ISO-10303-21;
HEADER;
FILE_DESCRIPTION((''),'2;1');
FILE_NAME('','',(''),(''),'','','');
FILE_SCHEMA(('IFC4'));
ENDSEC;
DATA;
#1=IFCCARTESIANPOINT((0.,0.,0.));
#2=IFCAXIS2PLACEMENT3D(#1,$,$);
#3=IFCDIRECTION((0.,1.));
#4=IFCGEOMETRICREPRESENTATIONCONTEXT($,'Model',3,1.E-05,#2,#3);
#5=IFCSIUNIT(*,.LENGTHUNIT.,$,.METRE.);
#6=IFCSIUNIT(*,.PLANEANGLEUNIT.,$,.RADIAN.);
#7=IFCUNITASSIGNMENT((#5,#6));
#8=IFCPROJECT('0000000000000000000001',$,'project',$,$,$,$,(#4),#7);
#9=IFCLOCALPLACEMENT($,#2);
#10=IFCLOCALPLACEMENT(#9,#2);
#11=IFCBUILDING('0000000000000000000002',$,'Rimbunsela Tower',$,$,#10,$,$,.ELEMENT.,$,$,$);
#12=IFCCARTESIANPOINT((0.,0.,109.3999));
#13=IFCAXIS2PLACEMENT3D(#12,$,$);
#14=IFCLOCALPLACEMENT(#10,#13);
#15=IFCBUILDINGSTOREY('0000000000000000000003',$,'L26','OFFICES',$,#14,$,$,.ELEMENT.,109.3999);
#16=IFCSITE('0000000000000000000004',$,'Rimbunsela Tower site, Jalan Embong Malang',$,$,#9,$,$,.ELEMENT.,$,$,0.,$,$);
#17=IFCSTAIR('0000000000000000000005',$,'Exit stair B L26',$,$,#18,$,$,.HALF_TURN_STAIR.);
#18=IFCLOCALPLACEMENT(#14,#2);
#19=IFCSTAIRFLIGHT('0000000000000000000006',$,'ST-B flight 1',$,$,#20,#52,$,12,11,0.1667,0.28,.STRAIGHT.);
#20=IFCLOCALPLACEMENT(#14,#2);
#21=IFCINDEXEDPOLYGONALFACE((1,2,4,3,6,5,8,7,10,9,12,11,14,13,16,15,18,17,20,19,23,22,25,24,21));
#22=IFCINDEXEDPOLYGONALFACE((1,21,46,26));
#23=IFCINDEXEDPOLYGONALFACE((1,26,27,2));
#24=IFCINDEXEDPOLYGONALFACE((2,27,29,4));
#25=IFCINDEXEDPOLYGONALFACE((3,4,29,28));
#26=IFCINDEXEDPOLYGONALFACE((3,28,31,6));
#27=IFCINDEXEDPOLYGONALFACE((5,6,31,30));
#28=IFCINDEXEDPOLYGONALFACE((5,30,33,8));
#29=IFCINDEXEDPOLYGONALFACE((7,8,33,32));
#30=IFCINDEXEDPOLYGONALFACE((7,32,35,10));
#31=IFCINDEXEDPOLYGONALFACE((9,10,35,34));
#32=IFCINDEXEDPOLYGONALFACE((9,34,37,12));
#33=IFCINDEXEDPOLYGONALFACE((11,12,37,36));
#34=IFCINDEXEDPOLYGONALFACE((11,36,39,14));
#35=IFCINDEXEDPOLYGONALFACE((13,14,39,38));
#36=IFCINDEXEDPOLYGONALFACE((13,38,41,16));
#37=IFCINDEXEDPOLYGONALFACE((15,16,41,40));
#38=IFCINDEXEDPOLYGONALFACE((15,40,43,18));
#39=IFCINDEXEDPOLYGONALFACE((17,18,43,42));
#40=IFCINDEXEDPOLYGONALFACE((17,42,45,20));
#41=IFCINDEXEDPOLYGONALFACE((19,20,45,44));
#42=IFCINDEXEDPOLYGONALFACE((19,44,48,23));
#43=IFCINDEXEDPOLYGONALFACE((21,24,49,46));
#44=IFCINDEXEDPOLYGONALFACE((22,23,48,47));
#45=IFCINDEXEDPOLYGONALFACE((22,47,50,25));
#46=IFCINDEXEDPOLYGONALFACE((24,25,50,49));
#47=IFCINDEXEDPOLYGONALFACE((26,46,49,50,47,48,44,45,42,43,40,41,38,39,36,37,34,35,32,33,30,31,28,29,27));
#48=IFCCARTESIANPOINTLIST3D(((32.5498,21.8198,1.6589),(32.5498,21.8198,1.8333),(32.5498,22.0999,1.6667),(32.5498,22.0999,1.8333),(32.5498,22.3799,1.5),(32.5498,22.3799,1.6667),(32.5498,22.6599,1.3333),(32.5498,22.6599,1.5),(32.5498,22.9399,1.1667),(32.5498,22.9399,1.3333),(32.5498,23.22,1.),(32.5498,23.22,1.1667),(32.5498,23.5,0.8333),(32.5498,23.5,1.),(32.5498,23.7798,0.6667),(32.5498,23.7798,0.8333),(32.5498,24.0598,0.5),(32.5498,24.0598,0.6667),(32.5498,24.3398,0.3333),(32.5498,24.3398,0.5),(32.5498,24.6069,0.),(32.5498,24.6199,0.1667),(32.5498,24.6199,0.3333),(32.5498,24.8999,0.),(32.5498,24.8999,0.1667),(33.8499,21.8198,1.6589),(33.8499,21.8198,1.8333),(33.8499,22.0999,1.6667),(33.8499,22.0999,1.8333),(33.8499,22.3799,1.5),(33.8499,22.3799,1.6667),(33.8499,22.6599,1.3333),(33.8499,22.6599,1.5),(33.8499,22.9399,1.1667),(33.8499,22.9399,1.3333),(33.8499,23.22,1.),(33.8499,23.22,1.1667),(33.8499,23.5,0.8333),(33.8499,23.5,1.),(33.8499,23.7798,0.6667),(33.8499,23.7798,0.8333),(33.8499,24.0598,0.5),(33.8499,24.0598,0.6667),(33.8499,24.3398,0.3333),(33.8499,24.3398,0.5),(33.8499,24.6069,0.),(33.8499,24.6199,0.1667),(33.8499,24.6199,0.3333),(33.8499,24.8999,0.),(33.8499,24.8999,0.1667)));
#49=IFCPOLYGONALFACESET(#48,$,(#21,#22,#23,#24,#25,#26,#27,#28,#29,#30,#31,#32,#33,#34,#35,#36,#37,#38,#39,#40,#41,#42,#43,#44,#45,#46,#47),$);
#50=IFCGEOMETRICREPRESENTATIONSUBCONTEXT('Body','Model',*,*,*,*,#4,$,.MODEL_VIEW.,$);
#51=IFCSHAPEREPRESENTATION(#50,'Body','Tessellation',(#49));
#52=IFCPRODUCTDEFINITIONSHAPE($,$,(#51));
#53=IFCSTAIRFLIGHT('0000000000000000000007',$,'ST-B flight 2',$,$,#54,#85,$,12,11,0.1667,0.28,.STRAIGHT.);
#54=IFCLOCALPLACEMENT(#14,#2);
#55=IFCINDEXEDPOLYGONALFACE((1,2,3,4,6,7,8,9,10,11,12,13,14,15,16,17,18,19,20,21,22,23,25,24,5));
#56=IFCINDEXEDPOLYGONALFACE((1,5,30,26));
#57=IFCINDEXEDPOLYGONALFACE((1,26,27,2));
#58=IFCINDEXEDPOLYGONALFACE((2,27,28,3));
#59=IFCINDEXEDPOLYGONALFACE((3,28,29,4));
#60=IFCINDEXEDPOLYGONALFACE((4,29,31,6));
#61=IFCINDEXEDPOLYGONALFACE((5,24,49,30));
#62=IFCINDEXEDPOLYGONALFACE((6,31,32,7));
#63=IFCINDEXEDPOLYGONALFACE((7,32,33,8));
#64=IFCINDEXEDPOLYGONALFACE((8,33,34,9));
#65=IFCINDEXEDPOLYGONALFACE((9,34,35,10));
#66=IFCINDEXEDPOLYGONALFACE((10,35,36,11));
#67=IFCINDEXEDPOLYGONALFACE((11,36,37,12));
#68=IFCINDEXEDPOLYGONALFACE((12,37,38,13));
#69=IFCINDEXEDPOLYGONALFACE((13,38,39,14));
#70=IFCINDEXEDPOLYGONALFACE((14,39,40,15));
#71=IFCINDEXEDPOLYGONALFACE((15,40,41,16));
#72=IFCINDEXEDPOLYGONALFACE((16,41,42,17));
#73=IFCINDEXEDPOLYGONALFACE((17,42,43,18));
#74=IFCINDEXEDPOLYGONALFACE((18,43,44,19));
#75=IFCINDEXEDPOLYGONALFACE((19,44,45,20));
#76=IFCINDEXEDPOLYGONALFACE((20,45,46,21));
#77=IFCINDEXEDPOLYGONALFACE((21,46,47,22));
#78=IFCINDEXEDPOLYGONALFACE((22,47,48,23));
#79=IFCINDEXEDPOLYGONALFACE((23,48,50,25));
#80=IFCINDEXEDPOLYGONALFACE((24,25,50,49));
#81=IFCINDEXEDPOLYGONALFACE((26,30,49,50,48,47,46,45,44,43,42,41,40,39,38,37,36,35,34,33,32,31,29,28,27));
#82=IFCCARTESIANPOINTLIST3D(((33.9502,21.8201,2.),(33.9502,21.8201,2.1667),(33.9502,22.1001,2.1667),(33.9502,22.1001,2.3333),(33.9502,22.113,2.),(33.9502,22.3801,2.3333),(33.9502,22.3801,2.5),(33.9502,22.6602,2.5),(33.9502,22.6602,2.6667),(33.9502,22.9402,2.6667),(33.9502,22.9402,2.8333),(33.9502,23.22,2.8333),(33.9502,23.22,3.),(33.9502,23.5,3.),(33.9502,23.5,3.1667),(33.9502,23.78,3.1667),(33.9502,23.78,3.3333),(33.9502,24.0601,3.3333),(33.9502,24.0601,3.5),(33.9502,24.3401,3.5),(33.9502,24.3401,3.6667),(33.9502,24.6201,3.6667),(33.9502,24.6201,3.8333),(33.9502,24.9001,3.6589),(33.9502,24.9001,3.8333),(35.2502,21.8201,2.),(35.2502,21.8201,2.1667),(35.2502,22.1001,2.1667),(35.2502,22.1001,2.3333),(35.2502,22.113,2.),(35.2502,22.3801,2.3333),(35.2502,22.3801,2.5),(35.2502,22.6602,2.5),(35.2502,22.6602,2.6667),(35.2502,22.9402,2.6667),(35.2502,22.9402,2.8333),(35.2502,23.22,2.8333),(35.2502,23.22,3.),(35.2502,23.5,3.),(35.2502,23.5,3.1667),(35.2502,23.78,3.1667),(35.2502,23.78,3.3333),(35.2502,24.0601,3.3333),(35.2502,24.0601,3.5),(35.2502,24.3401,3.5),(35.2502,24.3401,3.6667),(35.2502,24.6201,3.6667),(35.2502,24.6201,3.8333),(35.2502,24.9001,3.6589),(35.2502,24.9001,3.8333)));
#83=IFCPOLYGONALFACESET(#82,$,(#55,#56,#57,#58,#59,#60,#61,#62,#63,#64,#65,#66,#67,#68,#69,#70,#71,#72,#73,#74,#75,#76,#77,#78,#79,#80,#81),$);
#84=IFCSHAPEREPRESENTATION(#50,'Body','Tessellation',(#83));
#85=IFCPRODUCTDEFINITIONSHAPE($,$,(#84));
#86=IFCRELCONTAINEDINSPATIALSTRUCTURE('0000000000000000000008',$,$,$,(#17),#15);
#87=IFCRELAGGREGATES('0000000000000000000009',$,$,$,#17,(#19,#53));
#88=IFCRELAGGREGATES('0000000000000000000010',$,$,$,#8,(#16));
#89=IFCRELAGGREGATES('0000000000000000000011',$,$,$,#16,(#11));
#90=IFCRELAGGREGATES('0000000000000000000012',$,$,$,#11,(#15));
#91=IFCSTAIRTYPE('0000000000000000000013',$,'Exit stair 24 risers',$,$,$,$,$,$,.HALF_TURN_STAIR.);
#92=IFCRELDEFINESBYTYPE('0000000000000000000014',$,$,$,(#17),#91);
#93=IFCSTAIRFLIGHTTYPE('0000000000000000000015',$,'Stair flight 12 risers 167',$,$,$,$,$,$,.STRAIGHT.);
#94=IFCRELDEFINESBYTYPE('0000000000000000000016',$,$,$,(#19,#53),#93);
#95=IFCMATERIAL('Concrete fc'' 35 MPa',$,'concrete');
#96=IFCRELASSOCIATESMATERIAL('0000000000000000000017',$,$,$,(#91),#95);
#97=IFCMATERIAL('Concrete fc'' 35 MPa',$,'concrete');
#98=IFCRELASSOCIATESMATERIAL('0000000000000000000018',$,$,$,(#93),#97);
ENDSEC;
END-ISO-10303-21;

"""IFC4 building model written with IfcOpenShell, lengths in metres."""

from ifc_helpers import new_model, si_unit, direction, frame, origin, place, context, subcontext, project, spatial, polyline, outline, extrude, material, type_object, element, aggregate, save


model = new_model("IFC4")

# Units and contexts
model_context = context("Model", 3, precision=1e-05, world=origin(), true_north=direction((0.0, 1.0)))
body_context = subcontext(model_context, "Body", "Model", "MODEL_VIEW")
ifc_project = project(units=[si_unit("LENGTHUNIT", "METRE"), si_unit("PLANEANGLEUNIT", "RADIAN")], contexts=[model_context])

# Site, building, storey
site_placement = place(None, origin())
site = spatial("IfcSite", under=ifc_project, at=site_placement, Name="Rimbunsela Tower site, Jalan Embong Malang", CompositionType="ELEMENT", RefElevation=0.0)
building_placement = place(site_placement, origin())
building = spatial("IfcBuilding", under=site, at=building_placement, Name="Rimbunsela Tower", CompositionType="ELEMENT")
storey_placement = place(building_placement, frame((0.0, 0.0, 109.3999)))
storey = spatial("IfcBuildingStorey", under=building, at=storey_placement, Name="L26", Description="OFFICES", CompositionType="ELEMENT", Elevation=109.3999)

# Stair, stair flights
ifc_material_1 = material(Name="Concrete fc' 35 MPa", Category="concrete")
stair_type = type_object("IfcStairType", Name="Exit stair 24 risers", PredefinedType="HALF_TURN_STAIR", material=ifc_material_1)
stair_placement = place(storey_placement, origin())
stair = element("IfcStair", 1, at=stair_placement, inside=storey, type_object=stair_type, Name="Exit stair B L26", PredefinedType="HALF_TURN_STAIR")
ifc_material_2 = material(Name="Concrete fc' 35 MPa", Category="concrete")
stair_flight_type = type_object("IfcStairFlightType", Name="Stair flight 12 risers 167", PredefinedType="STRAIGHT", material=ifc_material_2)
stair_flight_1_placement = place(storey_placement, frame((33.2, 24.8999, 0.0), z_axis=(0.0, 0.0, 1.0), x_axis=(0.0, -1.0, 0.0)))
stair_flight_1 = element("IfcStairFlight", 2, at=stair_flight_1_placement, type_object=stair_flight_type, Name="ST-B flight 1", NumberOfRisers=12, NumberOfTreads=11, PredefinedType="STRAIGHT", RiserHeight=0.1667, TreadLength=0.28, context=body_context, shape_type="SweptSolid", body=[
    extrude(outline(polyline([(0.0, 0.0), (0.0, 0.1667), (0.28, 0.1667), (0.28, 0.3333), (0.5601, 0.3333), (0.5601, 0.5), (0.8401, 0.5), (0.8401, 0.6667), (1.1201, 0.6667), (1.1201, 0.8333), (1.3999, 0.8333), (1.3999, 1.0), (1.6799, 1.0), (1.6799, 1.1667), (1.96, 1.1667), (1.96, 1.3333), (2.24, 1.3333), (2.24, 1.5), (2.52, 1.5), (2.52, 1.6667), (2.8, 1.6667), (2.8, 1.8333), (3.0801, 1.8333), (3.0801, 2.0), (3.0801, 1.6589), (0.293, 0.0), (0.0, 0.0)])), frame((0.0, 0.6499, 0.0), z_axis=(0.0, -1.0, 0.0), x_axis=(1.0, 0.0, 0.0)), (0.0, 0.0, 1.0), 1.3),
])
stair_flight_2_placement = place(storey_placement, frame((34.6001, 21.8201, 2.0), z_axis=(0.0, 0.0, 1.0), x_axis=(0.0, 1.0, 0.0)))
stair_flight_2 = element("IfcStairFlight", 3, at=stair_flight_2_placement, type_object=stair_flight_type, Name="ST-B flight 2", NumberOfRisers=12, NumberOfTreads=11, PredefinedType="STRAIGHT", RiserHeight=0.1667, TreadLength=0.28, context=body_context, shape_type="SweptSolid", body=[
    extrude(outline(polyline([(0.0, 0.0), (0.0, 0.1667), (0.28, 0.1667), (0.28, 0.3333), (0.5601, 0.3333), (0.5601, 0.5), (0.8401, 0.5), (0.8401, 0.6667), (1.1201, 0.6667), (1.1201, 0.8333), (1.3999, 0.8333), (1.3999, 1.0), (1.6799, 1.0), (1.6799, 1.1667), (1.96, 1.1667), (1.96, 1.3333), (2.24, 1.3333), (2.24, 1.5), (2.52, 1.5), (2.52, 1.6667), (2.8, 1.6667), (2.8, 1.8333), (3.0801, 1.8333), (3.0801, 2.0), (3.0801, 1.6589), (0.293, 0.0), (0.0, 0.0)])), frame((0.0, 0.6499, 0.0), z_axis=(0.0, -1.0, 0.0), x_axis=(1.0, 0.0, 0.0)), (0.0, 0.0, 1.0), 1.3),
])
aggregate(stair, [stair_flight_1, stair_flight_2])

save(model, "model.ifc")
